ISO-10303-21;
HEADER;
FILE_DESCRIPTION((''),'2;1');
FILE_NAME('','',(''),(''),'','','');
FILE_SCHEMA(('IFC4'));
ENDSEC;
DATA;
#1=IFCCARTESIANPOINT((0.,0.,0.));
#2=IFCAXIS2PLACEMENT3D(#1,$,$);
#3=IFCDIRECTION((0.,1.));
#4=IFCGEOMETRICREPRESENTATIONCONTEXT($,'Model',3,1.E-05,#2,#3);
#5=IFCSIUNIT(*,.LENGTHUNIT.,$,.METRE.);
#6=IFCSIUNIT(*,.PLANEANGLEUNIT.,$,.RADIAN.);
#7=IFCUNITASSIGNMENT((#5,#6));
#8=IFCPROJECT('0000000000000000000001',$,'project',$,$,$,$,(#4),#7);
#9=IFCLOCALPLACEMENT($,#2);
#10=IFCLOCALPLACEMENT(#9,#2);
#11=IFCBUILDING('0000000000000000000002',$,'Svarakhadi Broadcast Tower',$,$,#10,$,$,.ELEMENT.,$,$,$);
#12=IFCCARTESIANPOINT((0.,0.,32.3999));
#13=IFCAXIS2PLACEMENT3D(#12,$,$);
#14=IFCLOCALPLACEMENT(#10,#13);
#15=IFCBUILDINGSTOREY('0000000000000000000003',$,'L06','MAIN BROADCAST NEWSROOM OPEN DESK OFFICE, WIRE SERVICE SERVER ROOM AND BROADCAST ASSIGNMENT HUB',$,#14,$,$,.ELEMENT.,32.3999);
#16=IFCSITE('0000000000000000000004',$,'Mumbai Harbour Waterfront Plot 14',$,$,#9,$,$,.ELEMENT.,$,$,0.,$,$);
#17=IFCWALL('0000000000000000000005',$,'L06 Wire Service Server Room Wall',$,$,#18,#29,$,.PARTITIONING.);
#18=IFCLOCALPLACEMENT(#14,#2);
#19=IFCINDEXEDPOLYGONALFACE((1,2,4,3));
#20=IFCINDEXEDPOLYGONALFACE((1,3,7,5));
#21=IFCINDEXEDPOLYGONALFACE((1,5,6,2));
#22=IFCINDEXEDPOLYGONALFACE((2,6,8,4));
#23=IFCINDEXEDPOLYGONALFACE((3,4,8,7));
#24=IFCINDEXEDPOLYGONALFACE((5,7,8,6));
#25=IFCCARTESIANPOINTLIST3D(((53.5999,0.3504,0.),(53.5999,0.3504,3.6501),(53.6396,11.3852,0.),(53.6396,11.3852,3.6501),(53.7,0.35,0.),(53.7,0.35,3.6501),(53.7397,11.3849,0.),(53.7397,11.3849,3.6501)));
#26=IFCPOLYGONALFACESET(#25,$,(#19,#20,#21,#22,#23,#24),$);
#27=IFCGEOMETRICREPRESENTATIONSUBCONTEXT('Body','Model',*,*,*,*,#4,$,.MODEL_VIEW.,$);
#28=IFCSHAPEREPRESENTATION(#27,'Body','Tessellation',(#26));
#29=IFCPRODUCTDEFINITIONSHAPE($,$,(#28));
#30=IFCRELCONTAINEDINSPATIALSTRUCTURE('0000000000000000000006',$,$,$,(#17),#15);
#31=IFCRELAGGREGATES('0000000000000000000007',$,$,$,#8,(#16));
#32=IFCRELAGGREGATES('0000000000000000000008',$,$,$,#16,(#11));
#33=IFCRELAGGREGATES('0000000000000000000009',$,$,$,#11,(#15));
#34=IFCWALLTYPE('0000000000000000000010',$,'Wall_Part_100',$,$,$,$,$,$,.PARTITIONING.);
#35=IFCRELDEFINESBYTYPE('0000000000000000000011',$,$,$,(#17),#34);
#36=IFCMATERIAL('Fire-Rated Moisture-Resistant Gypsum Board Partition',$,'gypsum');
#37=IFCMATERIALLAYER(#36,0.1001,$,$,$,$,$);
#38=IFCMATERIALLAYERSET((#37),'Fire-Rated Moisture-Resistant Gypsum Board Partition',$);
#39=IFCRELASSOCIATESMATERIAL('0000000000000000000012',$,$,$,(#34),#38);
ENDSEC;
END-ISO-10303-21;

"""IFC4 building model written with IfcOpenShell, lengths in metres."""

from ifc_helpers import new_model, si_unit, direction, frame, frame_2d, origin, place, context, subcontext, project, spatial, rectangle, extrude, material, layer, layer_set, type_object, element, save


model = new_model("IFC4")

# Units and contexts
model_context = context("Model", 3, precision=1e-05, world=origin(), true_north=direction((0.0, 1.0)))
body_context = subcontext(model_context, "Body", "Model", "MODEL_VIEW")
ifc_project = project(units=[si_unit("LENGTHUNIT", "METRE"), si_unit("PLANEANGLEUNIT", "RADIAN")], contexts=[model_context])

# Site, building, storey
site_placement = place(None, origin())
site = spatial("IfcSite", under=ifc_project, at=site_placement, Name="Mumbai Harbour Waterfront Plot 14", CompositionType="ELEMENT", RefElevation=0.0)
building_placement = place(site_placement, origin())
building = spatial("IfcBuilding", under=site, at=building_placement, Name="Svarakhadi Broadcast Tower", CompositionType="ELEMENT")
storey_placement = place(building_placement, frame((0.0, 0.0, 32.3999)))
storey = spatial("IfcBuildingStorey", under=building, at=storey_placement, Name="L06", Description="MAIN BROADCAST NEWSROOM OPEN DESK OFFICE, WIRE SERVICE SERVER ROOM AND BROADCAST ASSIGNMENT HUB", CompositionType="ELEMENT", Elevation=32.3999)

# Wall
ifc_material_1 = material(Name="Fire-Rated Moisture-Resistant Gypsum Board Partition", Category="gypsum")
ifc_layer_1 = layer(ifc_material_1, 0.1001)
ifc_layer_set_1 = layer_set([ifc_layer_1], Name="Fire-Rated Moisture-Resistant Gypsum Board Partition")
wall_type = type_object("IfcWallType", Name="Wall_Part_100", PredefinedType="PARTITIONING", material=ifc_layer_set_1)
wall_placement = place(storey_placement, frame((53.6499, 0.3501, 0.0), z_axis=(0.0, 0.0, 1.0), x_axis=(0.003606, 0.999993, 0.0)))
element("IfcWall", 1, at=wall_placement, inside=storey, type_object=wall_type, Name="L06 Wire Service Server Room Wall", PredefinedType="PARTITIONING", context=body_context, shape_type="SweptSolid", body=[
    extrude(rectangle(XDim=11.0349, YDim=0.1001, at=frame_2d((5.5176, 0.0))), origin(), (0.0, 0.0, 1.0), 3.6501),
])

save(model, "model.ifc")
